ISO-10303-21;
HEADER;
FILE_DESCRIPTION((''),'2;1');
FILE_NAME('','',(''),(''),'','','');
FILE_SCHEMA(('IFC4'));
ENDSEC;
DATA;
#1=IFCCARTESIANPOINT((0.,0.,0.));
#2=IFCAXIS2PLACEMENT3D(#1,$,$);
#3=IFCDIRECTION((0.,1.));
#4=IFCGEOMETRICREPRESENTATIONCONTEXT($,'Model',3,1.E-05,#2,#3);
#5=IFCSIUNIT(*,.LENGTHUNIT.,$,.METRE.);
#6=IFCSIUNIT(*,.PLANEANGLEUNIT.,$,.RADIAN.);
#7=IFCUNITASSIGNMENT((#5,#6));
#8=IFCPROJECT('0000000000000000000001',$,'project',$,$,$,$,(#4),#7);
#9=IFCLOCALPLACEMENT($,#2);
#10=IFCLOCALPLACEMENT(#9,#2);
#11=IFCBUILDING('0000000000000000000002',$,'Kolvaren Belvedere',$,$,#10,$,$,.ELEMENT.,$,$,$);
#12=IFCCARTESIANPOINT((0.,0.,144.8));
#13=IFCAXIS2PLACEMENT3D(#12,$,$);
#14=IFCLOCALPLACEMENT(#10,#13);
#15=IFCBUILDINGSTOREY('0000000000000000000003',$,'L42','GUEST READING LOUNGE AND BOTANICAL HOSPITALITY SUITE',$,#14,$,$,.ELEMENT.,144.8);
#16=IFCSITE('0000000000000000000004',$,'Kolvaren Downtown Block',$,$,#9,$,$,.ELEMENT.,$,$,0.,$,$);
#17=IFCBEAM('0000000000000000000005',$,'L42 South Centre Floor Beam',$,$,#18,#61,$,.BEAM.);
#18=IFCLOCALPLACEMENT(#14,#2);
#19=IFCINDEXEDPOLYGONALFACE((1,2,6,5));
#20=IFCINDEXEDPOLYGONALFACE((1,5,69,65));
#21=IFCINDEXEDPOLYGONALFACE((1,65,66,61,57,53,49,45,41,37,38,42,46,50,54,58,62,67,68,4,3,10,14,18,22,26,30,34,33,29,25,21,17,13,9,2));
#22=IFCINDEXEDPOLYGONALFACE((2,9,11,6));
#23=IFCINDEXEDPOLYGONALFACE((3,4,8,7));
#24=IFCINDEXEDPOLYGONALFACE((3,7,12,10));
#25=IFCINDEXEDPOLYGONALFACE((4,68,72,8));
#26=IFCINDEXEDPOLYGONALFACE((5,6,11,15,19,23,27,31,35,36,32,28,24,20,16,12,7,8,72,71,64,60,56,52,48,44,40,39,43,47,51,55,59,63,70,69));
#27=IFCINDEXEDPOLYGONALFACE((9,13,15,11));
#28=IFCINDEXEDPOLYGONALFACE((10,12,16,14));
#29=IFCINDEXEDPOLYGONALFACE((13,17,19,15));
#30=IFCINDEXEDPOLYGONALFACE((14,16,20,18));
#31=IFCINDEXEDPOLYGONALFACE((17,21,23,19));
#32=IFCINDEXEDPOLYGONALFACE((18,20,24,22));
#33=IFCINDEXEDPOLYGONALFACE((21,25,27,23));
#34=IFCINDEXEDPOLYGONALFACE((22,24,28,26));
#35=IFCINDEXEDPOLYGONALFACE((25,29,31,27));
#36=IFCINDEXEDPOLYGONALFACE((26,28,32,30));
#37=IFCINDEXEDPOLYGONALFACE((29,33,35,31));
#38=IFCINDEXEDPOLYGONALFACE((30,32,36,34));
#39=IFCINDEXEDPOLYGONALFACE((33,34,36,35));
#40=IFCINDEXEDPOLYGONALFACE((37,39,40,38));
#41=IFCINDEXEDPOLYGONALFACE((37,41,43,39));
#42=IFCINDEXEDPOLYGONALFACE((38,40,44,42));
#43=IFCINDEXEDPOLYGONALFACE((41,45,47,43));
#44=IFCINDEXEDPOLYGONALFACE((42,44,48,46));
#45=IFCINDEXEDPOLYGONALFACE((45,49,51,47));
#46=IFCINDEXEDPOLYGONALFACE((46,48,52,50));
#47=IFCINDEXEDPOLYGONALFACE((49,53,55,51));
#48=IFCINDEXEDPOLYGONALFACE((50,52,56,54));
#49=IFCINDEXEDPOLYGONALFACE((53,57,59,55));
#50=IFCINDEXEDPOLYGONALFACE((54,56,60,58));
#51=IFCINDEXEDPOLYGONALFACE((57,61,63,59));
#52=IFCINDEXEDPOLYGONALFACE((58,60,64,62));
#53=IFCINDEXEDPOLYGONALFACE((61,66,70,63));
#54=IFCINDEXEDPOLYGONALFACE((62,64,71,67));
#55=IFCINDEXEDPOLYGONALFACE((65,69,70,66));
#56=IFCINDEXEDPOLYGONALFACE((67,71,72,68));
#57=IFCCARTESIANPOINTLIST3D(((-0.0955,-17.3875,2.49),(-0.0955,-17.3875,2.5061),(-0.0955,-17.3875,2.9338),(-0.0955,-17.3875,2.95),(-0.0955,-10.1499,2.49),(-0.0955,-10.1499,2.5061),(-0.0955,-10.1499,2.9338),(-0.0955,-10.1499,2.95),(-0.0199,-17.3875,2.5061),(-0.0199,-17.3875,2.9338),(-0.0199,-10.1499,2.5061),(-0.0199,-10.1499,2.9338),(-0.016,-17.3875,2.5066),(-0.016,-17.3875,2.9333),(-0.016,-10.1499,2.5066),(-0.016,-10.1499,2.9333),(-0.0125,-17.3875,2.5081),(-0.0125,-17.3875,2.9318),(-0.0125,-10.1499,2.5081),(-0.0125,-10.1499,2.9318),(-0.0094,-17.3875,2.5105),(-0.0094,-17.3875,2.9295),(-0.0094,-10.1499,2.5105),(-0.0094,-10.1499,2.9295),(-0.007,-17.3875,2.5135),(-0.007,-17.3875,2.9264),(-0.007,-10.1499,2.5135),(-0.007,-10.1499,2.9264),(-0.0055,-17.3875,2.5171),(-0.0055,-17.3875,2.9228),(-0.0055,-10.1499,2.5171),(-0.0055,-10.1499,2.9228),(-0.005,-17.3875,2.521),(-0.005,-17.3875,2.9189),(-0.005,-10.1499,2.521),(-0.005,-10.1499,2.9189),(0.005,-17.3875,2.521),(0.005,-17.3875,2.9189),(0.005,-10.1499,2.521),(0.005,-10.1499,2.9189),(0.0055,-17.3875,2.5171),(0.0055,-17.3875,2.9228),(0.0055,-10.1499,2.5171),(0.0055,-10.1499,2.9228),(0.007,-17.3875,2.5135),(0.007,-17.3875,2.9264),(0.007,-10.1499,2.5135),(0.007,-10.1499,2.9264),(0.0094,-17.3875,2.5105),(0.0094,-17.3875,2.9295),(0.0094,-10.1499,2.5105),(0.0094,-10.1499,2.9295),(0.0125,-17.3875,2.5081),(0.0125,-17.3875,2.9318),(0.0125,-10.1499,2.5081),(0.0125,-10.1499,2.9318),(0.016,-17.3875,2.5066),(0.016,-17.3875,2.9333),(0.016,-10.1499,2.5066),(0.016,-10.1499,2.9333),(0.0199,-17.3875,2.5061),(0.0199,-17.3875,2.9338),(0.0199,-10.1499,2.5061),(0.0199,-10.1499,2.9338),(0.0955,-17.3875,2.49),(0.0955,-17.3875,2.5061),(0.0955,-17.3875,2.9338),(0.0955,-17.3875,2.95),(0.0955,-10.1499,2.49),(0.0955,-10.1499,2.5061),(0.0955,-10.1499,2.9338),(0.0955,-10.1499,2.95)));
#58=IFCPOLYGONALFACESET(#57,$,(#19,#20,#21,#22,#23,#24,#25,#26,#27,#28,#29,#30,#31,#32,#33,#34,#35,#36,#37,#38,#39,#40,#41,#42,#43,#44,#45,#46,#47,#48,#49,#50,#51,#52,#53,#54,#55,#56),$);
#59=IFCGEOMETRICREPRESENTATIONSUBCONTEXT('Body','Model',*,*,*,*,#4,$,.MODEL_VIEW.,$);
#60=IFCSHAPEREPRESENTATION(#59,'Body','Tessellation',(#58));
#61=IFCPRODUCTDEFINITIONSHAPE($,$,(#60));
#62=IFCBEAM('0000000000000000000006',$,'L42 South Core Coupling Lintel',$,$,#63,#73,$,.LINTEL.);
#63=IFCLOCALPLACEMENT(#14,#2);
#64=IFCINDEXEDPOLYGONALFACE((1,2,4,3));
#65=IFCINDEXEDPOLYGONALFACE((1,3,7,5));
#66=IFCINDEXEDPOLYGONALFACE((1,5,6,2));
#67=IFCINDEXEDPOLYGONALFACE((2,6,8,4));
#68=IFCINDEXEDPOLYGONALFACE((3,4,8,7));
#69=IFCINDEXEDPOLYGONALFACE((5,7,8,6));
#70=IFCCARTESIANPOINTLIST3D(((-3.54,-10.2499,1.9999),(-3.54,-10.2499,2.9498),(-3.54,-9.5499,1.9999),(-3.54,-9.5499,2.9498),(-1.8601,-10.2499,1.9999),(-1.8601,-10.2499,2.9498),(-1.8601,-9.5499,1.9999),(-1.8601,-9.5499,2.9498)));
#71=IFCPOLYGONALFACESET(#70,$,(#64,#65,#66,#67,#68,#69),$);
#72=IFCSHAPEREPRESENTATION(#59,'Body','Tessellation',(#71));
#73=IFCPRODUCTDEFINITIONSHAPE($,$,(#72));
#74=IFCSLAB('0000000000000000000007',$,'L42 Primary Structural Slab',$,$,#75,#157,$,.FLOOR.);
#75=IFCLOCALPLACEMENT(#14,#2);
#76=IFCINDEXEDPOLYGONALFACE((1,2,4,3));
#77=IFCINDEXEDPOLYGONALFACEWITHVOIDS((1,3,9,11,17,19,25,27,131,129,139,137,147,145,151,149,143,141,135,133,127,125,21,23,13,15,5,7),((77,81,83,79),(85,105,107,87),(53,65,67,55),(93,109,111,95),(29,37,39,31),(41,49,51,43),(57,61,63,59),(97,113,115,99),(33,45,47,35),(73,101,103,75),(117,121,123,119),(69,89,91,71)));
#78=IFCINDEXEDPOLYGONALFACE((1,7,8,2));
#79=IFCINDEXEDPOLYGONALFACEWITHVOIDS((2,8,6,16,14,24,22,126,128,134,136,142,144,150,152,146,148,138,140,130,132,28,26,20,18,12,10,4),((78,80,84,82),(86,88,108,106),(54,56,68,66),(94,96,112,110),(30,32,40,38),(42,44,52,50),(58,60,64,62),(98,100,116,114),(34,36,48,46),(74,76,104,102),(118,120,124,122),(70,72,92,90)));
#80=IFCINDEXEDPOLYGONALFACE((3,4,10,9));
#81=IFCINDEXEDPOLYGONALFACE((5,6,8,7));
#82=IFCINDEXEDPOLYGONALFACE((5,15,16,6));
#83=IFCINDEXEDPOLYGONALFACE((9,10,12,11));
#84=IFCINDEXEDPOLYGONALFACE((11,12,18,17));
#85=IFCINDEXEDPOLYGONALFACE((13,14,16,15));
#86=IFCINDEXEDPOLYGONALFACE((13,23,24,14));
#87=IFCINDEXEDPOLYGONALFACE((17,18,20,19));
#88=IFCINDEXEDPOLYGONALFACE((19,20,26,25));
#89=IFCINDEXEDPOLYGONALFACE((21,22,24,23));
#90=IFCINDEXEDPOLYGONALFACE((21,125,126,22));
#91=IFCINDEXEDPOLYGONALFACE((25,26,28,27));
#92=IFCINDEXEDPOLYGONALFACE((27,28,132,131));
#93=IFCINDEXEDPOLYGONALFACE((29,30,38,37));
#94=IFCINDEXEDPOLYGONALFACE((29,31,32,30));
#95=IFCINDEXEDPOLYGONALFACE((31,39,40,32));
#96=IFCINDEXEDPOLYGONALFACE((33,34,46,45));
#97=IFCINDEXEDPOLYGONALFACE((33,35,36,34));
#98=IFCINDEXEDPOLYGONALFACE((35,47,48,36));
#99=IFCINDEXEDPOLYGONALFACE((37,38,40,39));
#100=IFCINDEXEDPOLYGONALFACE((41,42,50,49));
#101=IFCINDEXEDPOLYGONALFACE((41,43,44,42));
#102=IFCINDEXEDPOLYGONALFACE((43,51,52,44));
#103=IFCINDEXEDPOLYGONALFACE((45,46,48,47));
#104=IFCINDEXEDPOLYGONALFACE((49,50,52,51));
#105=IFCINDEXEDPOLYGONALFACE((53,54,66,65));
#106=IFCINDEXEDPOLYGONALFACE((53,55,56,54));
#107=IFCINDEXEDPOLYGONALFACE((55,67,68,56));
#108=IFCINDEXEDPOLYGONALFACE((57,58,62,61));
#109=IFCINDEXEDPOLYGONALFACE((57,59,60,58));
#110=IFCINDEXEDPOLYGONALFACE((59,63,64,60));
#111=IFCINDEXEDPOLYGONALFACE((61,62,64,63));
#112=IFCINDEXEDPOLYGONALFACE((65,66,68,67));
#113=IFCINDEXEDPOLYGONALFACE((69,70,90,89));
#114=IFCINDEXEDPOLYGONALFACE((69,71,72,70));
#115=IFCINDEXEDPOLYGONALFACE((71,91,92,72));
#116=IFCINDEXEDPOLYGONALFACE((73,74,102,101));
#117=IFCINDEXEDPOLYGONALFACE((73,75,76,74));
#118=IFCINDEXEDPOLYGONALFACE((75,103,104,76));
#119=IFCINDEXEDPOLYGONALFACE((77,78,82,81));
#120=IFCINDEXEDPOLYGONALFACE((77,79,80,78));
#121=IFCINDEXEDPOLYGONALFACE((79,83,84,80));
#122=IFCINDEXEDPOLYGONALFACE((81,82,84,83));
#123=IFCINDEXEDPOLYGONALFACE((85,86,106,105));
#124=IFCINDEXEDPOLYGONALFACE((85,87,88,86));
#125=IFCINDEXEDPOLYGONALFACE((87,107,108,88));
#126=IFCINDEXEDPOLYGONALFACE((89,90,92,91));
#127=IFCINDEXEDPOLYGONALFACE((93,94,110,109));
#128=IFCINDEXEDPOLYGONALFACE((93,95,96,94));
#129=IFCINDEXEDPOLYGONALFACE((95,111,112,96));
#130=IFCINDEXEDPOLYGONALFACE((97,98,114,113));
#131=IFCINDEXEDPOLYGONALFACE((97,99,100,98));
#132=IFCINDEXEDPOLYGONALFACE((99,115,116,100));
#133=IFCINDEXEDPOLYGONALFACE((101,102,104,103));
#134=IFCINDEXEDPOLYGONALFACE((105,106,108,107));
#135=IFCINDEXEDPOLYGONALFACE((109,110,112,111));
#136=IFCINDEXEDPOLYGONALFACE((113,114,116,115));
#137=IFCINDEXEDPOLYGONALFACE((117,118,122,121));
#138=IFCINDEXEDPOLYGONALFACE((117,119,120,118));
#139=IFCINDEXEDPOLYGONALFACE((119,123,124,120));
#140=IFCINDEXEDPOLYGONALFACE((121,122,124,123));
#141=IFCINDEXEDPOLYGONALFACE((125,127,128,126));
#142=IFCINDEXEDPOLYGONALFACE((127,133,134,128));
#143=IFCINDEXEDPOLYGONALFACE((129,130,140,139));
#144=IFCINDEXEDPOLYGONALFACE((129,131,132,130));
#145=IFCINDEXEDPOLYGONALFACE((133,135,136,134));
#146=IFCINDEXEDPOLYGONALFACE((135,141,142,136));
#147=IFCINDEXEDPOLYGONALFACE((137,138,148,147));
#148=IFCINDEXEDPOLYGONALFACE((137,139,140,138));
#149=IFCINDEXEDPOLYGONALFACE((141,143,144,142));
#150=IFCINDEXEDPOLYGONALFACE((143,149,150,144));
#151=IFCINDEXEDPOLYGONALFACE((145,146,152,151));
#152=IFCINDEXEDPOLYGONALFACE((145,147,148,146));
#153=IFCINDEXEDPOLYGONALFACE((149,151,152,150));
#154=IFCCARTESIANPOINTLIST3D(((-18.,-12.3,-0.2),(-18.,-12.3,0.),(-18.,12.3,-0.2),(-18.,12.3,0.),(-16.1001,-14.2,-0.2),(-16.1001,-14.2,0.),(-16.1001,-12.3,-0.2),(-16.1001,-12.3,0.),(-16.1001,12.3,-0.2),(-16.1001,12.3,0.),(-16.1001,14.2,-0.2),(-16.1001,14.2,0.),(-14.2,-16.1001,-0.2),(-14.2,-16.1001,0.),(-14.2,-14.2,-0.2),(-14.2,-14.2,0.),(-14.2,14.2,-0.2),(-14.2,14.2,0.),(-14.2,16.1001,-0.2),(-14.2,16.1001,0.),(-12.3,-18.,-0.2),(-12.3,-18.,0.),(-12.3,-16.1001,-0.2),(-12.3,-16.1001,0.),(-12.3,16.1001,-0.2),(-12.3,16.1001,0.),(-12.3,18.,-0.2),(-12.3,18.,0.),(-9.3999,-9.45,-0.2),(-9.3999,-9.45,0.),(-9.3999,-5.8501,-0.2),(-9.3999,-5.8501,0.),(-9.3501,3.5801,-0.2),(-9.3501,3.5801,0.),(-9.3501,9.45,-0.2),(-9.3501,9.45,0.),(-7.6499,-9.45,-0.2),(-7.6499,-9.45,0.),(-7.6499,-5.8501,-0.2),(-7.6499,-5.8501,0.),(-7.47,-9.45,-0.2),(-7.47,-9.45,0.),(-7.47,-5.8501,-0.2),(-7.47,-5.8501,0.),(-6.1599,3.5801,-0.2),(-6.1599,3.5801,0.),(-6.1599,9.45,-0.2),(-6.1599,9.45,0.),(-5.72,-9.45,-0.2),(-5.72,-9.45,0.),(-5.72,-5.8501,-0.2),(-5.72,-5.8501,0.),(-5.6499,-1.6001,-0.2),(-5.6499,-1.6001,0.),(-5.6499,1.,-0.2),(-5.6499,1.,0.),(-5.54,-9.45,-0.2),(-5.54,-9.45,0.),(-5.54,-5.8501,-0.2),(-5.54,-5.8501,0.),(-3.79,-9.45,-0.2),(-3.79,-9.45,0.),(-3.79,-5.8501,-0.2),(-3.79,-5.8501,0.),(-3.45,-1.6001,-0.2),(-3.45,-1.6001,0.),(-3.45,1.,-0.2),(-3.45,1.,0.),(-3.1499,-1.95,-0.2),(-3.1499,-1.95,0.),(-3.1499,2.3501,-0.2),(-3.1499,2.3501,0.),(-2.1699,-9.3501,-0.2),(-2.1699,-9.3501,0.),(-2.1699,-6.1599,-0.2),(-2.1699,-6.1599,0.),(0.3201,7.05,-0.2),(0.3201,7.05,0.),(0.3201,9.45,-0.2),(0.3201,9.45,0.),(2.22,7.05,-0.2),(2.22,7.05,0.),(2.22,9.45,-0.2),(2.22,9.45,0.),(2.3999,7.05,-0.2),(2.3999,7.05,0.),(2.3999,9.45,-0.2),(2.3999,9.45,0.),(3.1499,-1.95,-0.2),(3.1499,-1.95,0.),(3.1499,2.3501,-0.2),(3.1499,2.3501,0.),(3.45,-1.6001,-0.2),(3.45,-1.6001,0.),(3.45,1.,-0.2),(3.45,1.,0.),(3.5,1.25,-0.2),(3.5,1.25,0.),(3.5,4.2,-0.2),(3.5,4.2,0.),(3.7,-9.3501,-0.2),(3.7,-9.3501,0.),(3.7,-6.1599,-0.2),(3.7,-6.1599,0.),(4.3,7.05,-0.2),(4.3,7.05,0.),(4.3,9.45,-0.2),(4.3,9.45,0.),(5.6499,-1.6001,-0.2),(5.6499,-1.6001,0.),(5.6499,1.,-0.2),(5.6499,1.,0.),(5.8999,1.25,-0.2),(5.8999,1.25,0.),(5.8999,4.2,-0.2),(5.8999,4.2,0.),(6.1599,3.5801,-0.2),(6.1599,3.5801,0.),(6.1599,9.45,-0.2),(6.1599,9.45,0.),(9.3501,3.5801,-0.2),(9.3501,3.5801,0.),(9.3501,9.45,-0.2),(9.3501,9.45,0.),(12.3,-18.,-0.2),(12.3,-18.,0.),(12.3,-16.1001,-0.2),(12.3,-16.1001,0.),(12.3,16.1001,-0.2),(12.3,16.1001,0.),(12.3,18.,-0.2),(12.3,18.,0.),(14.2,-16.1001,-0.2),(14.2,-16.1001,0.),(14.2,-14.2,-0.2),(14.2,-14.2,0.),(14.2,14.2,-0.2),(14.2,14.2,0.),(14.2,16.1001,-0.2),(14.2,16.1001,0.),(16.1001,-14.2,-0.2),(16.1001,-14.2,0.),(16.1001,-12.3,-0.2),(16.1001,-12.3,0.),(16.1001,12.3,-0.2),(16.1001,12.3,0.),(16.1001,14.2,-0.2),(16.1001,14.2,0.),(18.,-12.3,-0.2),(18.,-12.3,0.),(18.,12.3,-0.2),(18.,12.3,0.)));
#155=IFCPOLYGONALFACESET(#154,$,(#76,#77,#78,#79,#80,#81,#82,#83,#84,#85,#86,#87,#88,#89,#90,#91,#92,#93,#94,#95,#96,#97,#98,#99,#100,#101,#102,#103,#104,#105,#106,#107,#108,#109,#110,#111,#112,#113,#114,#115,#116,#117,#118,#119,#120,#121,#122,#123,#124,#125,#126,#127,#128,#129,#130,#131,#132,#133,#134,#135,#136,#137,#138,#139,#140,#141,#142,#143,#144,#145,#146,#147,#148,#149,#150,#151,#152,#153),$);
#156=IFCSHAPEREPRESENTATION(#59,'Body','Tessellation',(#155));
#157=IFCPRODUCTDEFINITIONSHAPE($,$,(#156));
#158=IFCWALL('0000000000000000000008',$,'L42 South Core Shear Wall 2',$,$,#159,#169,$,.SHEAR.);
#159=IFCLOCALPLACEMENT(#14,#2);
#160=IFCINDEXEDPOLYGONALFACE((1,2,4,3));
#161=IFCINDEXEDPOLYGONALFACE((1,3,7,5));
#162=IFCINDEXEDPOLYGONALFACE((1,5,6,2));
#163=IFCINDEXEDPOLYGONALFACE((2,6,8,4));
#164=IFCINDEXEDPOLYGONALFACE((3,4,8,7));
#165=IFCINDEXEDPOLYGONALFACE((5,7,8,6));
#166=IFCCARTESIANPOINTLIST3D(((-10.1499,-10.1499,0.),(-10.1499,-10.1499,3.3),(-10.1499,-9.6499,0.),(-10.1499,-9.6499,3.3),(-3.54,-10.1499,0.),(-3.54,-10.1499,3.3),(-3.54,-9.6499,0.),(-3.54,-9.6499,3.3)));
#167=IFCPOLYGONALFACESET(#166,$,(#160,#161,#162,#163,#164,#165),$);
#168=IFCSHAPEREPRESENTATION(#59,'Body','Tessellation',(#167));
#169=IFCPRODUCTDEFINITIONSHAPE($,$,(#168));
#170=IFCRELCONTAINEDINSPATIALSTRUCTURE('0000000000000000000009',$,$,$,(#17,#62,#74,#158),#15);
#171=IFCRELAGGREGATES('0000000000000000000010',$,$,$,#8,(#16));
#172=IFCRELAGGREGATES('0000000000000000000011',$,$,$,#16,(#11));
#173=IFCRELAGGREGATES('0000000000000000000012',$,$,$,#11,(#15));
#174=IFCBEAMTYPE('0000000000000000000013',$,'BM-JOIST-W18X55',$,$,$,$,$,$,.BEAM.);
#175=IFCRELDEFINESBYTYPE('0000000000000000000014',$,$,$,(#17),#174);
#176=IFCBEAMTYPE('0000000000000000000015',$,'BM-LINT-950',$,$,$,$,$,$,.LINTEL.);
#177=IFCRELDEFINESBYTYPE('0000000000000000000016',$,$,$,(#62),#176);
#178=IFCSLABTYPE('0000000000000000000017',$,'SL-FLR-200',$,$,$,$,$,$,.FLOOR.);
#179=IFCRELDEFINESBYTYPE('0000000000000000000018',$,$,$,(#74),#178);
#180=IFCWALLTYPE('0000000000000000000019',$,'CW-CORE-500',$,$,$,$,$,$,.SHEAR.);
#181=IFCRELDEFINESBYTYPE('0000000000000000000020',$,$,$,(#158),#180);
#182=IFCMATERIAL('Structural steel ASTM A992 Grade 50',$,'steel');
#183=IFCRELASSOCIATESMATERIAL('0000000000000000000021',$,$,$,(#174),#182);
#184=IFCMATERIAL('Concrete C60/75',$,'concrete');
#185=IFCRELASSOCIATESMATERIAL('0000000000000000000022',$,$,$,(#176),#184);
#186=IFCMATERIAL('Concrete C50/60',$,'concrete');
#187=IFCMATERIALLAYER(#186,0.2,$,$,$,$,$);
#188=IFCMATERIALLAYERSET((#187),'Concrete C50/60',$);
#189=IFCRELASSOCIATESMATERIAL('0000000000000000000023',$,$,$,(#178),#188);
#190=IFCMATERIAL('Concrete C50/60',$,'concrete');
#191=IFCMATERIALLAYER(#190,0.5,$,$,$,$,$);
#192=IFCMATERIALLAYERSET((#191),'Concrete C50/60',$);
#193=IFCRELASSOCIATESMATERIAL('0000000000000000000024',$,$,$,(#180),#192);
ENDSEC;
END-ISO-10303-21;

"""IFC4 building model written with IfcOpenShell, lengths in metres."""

from ifc_helpers import new_model, si_unit, direction, frame, frame_2d, origin, origin_2d, place, context, subcontext, project, spatial, polyline, rectangle, i_section, outline, extrude, material, layer, layer_set, material_profile, profile_set, type_object, element, save


model = new_model("IFC4")

# Units and contexts
model_context = context("Model", 3, precision=1e-05, world=origin(), true_north=direction((0.0, 1.0)))
body_context = subcontext(model_context, "Body", "Model", "MODEL_VIEW")
ifc_project = project(units=[si_unit("LENGTHUNIT", "METRE"), si_unit("PLANEANGLEUNIT", "RADIAN")], contexts=[model_context])

# Site, building, storey
site_placement = place(None, origin())
site = spatial("IfcSite", under=ifc_project, at=site_placement, Name="Kolvaren Downtown Block", CompositionType="ELEMENT", RefElevation=0.0)
building_placement = place(site_placement, origin())
building = spatial("IfcBuilding", under=site, at=building_placement, Name="Kolvaren Belvedere", CompositionType="ELEMENT")
storey_placement = place(building_placement, frame((0.0, 0.0, 144.8)))
storey = spatial("IfcBuildingStorey", under=building, at=storey_placement, Name="L42", Description="GUEST READING LOUNGE AND BOTANICAL HOSPITALITY SUITE", CompositionType="ELEMENT", Elevation=144.8)

# Beams
ifc_material_1 = material(Name="Structural steel ASTM A992 Grade 50", Category="steel")
ifc_material_profile_1 = material_profile(ifc_material_1, i_section(OverallWidth=0.1909, OverallDepth=0.46, WebThickness=0.01, FlangeThickness=0.0161, FilletRadius=0.0149, at=origin_2d()), Name="W18X55")
ifc_profile_set_1 = profile_set([ifc_material_profile_1], Name="Structural steel ASTM A992 Grade 50")
beam_type_1 = type_object("IfcBeamType", Name="BM-JOIST-W18X55", PredefinedType="BEAM", material=ifc_profile_set_1)
beam_1_placement = place(storey_placement, frame((0.0, -10.1499, 2.72), z_axis=(0.0, -1.0, 0.0), x_axis=(1.0, 0.0, 0.0)))
element("IfcBeam", 1, at=beam_1_placement, inside=storey, type_object=beam_type_1, Name="L42 South Centre Floor Beam", PredefinedType="BEAM", context=body_context, shape_type="SweptSolid", body=[
    extrude(i_section(OverallWidth=0.1909, OverallDepth=0.46, WebThickness=0.01, FlangeThickness=0.0161, FilletRadius=0.0149, at=origin_2d()), origin(), (0.0, 0.0, 1.0), 7.2375),
])
ifc_material_2 = material(Name="Concrete C60/75", Category="concrete")
ifc_material_profile_2 = material_profile(ifc_material_2, rectangle(XDim=0.7, YDim=0.95, at=origin_2d()), Name="RC 700X950")
ifc_profile_set_2 = profile_set([ifc_material_profile_2], Name="Concrete C60/75")
beam_type_2 = type_object("IfcBeamType", Name="BM-LINT-950", PredefinedType="LINTEL", material=ifc_profile_set_2)
beam_2_placement = place(storey_placement, frame((-3.54, -9.8999, 2.4749), z_axis=(1.0, 0.0, 0.0), x_axis=(0.0, 1.0, 0.0)))
element("IfcBeam", 2, at=beam_2_placement, inside=storey, type_object=beam_type_2, Name="L42 South Core Coupling Lintel", PredefinedType="LINTEL", context=body_context, shape_type="SweptSolid", body=[
    extrude(rectangle(XDim=0.7, YDim=0.95, at=origin_2d()), origin(), (0.0, 0.0, 1.0), 1.6799),
])

# Slab
ifc_material_3 = material(Name="Concrete C50/60", Category="concrete")
ifc_layer_1 = layer(ifc_material_3, 0.2)
ifc_layer_set_1 = layer_set([ifc_layer_1], Name="Concrete C50/60")
slab_type = type_object("IfcSlabType", Name="SL-FLR-200", PredefinedType="FLOOR", material=ifc_layer_set_1)
slab_placement = place(storey_placement, frame((0.0, 0.0, -0.2)))
element("IfcSlab", 3, at=slab_placement, inside=storey, type_object=slab_type, Name="L42 Primary Structural Slab", PredefinedType="FLOOR", context=body_context, shape_type="SweptSolid", body=[
    extrude(outline(polyline([(-12.3, -18.0), (12.3, -18.0), (12.3, -16.1001), (14.2, -16.1001), (14.2, -14.2), (16.1001, -14.2), (16.1001, -12.3), (18.0, -12.3), (18.0, 12.3), (16.1001, 12.3), (16.1001, 14.2), (14.2, 14.2), (14.2, 16.1001), (12.3, 16.1001), (12.3, 18.0), (-12.3, 18.0), (-12.3, 16.1001), (-14.2, 16.1001), (-14.2, 14.2), (-16.1001, 14.2), (-16.1001, 12.3), (-18.0, 12.3), (-18.0, -12.3), (-16.1001, -12.3), (-16.1001, -14.2), (-14.2, -14.2), (-14.2, -16.1001), (-12.3, -16.1001), (-12.3, -18.0)]), holes=[polyline([(-9.3501, 3.5801), (-6.1599, 3.5801), (-6.1599, 9.45), (-9.3501, 9.45), (-9.3501, 3.5801)]), polyline([(6.1599, 3.5801), (9.3501, 3.5801), (9.3501, 9.45), (6.1599, 9.45), (6.1599, 3.5801)]), polyline([(-2.1699, -9.3501), (3.7, -9.3501), (3.7, -6.1599), (-2.1699, -6.1599), (-2.1699, -9.3501)]), polyline([(-5.6499, -1.6001), (-3.45, -1.6001), (-3.45, 1.0), (-5.6499, 1.0), (-5.6499, -1.6001)]), polyline([(3.5, 1.25), (5.8999, 1.25), (5.8999, 4.2), (3.5, 4.2), (3.5, 1.25)]), polyline([(3.45, -1.6001), (5.6499, -1.6001), (5.6499, 1.0), (3.45, 1.0), (3.45, -1.6001)]), polyline([(-9.3999, -9.45), (-7.6499, -9.45), (-7.6499, -5.8501), (-9.3999, -5.8501), (-9.3999, -9.45)]), polyline([(-7.47, -9.45), (-5.72, -9.45), (-5.72, -5.8501), (-7.47, -5.8501), (-7.47, -9.45)]), polyline([(-5.54, -9.45), (-3.79, -9.45), (-3.79, -5.8501), (-5.54, -5.8501), (-5.54, -9.45)]), polyline([(0.3201, 7.05), (2.22, 7.05), (2.22, 9.45), (0.3201, 9.45), (0.3201, 7.05)]), polyline([(2.3999, 7.05), (4.3, 7.05), (4.3, 9.45), (2.3999, 9.45), (2.3999, 7.05)]), polyline([(-3.1499, -1.95), (3.1499, -1.95), (3.1499, 2.3501), (-3.1499, 2.3501), (-3.1499, -1.95)])]), origin(), (0.0, 0.0, 1.0), 0.2),
])

# Wall
ifc_material_4 = material(Name="Concrete C50/60", Category="concrete")
ifc_layer_2 = layer(ifc_material_4, 0.5)
ifc_layer_set_2 = layer_set([ifc_layer_2], Name="Concrete C50/60")
wall_type_1 = type_object("IfcWallType", Name="CW-CORE-500", PredefinedType="SHEAR", material=ifc_layer_set_2)
wall_1_placement = place(storey_placement, frame((-3.54, -9.8999, 0.0), z_axis=(0.0, 0.0, 1.0), x_axis=(-1.0, 0.0, 0.0)))
element("IfcWall", 4, at=wall_1_placement, inside=storey, type_object=wall_type_1, Name="L42 South Core Shear Wall 2", PredefinedType="SHEAR", context=body_context, shape_type="SweptSolid", body=[
    extrude(rectangle(XDim=6.6099, YDim=0.5, at=frame_2d((3.3049, 0.0))), origin(), (0.0, 0.0, 1.0), 3.3),
])

save(model, "model.ifc")
